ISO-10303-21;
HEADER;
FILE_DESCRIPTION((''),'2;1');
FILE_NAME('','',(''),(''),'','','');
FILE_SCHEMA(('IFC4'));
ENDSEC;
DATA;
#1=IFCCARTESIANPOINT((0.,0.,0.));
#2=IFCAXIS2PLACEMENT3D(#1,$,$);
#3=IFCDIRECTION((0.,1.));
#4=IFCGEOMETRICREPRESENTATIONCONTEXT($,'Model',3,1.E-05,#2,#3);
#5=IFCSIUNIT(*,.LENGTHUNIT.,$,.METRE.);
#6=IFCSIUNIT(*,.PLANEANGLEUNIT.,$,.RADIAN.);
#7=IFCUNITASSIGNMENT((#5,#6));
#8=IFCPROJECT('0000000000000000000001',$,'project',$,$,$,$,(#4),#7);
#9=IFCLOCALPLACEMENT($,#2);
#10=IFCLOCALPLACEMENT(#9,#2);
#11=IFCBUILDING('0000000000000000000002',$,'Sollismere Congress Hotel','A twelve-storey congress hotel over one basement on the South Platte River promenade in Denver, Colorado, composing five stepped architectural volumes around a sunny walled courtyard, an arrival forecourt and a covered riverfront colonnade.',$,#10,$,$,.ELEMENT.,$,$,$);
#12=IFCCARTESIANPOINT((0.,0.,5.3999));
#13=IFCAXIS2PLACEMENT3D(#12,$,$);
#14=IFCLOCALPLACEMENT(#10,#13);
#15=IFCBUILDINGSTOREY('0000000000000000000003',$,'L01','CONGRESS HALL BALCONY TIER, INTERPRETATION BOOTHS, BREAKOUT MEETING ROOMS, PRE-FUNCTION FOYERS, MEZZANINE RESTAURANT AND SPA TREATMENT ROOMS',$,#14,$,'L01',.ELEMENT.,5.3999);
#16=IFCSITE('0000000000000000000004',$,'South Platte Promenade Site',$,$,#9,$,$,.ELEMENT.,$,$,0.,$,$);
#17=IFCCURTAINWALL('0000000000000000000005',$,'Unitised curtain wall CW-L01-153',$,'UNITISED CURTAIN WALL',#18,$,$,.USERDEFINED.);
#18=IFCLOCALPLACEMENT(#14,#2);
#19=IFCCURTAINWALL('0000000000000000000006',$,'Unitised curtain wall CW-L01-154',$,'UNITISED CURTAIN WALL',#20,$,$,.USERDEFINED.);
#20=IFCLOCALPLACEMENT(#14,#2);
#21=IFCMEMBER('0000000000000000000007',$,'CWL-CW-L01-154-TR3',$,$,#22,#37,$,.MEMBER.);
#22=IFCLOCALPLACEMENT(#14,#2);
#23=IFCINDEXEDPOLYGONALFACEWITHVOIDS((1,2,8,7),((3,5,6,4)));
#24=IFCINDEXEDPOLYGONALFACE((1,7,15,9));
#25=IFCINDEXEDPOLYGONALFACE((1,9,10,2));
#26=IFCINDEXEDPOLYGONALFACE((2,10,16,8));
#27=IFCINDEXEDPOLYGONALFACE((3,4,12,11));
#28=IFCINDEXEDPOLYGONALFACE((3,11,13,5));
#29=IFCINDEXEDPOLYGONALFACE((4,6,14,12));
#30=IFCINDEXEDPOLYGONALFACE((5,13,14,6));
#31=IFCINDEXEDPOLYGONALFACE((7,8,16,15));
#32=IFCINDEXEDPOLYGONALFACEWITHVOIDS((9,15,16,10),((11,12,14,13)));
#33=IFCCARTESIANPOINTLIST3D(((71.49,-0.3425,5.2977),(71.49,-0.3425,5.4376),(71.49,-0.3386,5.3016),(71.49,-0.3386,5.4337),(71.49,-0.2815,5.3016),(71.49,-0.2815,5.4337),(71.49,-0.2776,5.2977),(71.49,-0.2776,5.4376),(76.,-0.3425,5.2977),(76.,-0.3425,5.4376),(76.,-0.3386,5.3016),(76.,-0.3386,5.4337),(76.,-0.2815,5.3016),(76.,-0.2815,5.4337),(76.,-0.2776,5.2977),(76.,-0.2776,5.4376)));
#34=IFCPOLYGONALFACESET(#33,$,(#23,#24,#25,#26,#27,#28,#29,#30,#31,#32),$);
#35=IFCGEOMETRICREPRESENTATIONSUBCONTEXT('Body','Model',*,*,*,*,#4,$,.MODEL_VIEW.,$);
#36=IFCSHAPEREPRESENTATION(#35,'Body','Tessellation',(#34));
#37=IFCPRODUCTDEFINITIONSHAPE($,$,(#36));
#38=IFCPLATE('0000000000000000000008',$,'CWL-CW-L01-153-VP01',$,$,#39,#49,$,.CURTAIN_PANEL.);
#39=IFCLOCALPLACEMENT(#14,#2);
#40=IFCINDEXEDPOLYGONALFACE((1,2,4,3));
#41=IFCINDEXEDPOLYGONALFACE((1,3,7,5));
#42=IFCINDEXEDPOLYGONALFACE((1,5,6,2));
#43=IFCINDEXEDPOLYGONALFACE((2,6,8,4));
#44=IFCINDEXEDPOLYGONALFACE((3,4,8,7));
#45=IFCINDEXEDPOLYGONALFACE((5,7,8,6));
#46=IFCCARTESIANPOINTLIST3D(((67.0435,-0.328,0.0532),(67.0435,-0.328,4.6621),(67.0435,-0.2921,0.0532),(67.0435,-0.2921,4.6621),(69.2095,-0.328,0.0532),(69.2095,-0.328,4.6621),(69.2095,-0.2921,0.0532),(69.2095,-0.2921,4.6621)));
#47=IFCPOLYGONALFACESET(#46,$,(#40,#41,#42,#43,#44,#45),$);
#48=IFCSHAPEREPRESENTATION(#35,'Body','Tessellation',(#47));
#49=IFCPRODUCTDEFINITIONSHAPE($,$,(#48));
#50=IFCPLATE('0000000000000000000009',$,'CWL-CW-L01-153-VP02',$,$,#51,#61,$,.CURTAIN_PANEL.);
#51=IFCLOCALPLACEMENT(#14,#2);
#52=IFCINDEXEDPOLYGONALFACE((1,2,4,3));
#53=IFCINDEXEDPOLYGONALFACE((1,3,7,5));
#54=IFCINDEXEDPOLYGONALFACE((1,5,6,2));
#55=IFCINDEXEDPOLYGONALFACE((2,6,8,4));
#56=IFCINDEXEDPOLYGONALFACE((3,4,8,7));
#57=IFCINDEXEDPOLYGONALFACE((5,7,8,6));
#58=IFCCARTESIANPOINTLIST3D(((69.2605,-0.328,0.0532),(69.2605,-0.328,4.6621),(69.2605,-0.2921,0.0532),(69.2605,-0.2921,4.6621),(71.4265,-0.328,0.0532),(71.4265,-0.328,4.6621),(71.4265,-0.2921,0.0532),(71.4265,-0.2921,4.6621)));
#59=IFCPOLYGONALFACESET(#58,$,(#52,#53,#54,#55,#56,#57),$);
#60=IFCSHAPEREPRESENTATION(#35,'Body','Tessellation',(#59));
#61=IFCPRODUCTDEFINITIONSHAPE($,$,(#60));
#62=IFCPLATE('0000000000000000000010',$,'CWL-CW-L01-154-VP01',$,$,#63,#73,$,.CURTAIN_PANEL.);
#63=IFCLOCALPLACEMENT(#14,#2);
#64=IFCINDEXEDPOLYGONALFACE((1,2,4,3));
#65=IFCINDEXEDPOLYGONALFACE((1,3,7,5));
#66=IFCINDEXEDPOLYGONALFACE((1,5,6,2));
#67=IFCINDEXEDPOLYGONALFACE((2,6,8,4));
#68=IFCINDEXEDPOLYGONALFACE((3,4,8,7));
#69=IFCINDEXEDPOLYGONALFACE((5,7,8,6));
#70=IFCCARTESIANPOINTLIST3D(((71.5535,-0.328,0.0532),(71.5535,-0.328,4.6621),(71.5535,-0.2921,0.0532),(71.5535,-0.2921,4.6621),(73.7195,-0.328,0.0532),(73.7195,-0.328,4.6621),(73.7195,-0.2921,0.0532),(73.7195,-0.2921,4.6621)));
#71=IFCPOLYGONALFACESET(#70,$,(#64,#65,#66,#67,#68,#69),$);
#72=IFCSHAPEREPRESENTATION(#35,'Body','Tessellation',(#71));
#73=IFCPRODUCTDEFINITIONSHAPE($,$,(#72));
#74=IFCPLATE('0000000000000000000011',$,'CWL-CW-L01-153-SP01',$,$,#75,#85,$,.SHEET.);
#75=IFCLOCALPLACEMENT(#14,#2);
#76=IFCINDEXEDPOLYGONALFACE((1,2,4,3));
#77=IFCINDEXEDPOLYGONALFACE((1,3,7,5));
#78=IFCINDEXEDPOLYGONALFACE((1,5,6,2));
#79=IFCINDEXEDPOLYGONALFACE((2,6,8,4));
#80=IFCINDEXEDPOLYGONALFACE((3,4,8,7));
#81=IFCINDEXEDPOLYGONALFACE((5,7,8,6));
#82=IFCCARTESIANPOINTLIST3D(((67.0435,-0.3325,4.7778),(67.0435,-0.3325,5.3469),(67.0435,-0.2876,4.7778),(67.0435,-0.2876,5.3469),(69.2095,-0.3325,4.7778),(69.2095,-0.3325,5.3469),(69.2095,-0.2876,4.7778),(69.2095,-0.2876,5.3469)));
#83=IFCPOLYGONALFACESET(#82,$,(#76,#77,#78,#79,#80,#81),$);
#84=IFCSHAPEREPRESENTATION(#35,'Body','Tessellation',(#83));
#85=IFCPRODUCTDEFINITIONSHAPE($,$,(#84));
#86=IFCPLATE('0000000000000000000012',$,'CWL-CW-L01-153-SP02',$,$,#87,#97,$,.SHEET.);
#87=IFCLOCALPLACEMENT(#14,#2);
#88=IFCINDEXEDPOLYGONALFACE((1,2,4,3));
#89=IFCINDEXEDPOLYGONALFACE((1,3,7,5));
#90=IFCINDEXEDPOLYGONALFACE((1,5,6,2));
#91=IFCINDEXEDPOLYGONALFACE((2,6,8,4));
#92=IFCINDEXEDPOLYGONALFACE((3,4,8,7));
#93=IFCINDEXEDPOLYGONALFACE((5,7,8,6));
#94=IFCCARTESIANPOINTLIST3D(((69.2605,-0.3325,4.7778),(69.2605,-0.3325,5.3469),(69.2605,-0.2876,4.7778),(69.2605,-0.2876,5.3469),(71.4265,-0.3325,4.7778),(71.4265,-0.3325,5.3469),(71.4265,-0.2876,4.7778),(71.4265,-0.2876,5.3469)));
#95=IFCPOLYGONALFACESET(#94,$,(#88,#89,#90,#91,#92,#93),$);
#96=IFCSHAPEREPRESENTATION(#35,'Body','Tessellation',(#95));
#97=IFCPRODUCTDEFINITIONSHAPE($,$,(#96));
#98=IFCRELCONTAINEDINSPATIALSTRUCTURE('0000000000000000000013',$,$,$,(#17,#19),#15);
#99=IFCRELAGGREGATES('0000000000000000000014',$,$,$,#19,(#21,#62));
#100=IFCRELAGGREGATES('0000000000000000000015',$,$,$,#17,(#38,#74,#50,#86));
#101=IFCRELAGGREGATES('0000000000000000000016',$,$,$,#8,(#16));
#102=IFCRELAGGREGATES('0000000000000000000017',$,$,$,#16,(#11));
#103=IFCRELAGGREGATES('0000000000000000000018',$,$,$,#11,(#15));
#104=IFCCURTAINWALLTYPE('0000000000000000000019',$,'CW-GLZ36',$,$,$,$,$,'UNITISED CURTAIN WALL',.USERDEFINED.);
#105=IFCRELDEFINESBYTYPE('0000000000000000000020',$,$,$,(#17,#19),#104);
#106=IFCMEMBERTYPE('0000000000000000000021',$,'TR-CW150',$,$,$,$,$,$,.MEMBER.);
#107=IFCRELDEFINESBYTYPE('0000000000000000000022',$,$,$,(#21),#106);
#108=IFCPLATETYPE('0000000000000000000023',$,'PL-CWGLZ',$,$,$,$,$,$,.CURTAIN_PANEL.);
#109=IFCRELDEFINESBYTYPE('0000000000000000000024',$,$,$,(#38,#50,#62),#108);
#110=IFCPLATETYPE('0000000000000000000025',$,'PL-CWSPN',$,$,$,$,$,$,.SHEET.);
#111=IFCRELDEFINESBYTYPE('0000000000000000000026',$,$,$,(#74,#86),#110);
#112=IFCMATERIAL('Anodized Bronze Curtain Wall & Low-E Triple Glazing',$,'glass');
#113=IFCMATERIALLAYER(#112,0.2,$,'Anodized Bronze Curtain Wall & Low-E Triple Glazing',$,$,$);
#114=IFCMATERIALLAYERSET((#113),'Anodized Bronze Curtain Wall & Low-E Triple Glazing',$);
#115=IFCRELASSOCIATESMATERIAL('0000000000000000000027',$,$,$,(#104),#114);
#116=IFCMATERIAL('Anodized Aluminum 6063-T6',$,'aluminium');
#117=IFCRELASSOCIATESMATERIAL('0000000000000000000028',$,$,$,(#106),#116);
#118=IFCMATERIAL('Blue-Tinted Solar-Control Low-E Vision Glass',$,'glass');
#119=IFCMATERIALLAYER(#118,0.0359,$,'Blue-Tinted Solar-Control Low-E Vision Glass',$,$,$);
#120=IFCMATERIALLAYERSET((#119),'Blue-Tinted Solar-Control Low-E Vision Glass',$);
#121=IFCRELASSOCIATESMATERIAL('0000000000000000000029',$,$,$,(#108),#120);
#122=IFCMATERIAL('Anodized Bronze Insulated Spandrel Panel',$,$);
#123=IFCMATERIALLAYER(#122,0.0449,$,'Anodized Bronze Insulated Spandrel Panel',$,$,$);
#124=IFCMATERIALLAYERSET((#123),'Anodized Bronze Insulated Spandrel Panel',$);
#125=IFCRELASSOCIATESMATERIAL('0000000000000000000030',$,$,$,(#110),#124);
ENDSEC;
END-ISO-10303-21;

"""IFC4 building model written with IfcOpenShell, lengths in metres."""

from ifc_helpers import new_model, si_unit, direction, frame, origin, origin_2d, place, context, subcontext, project, spatial, rectangle, hollow_rectangle, extrude, material, layer, layer_set, material_profile, profile_set, type_object, element, aggregate, save


model = new_model("IFC4")

# Units and contexts
model_context = context("Model", 3, precision=1e-05, world=origin(), true_north=direction((0.0, 1.0)))
body_context = subcontext(model_context, "Body", "Model", "MODEL_VIEW")
ifc_project = project(units=[si_unit("LENGTHUNIT", "METRE"), si_unit("PLANEANGLEUNIT", "RADIAN")], contexts=[model_context])

# Site, building, storey
site_placement = place(None, origin())
site = spatial("IfcSite", under=ifc_project, at=site_placement, Name="South Platte Promenade Site", CompositionType="ELEMENT", RefElevation=0.0)
building_placement = place(site_placement, origin())
building = spatial("IfcBuilding", under=site, at=building_placement, Name="Sollismere Congress Hotel", Description="A twelve-storey congress hotel over one basement on the South Platte River promenade in Denver, Colorado, composing five stepped architectural volumes around a sunny walled courtyard, an arrival forecourt and a covered riverfront colonnade.", CompositionType="ELEMENT")
storey_placement = place(building_placement, frame((0.0, 0.0, 5.3999)))
storey = spatial("IfcBuildingStorey", under=building, at=storey_placement, Name="L01", Description="CONGRESS HALL BALCONY TIER, INTERPRETATION BOOTHS, BREAKOUT MEETING ROOMS, PRE-FUNCTION FOYERS, MEZZANINE RESTAURANT AND SPA TREATMENT ROOMS", LongName="L01", CompositionType="ELEMENT", Elevation=5.3999)

# Curtain wall
ifc_material_1 = material(Name="Anodized Bronze Curtain Wall & Low-E Triple Glazing", Category="glass")
ifc_layer_1 = layer(ifc_material_1, 0.2, Name="Anodized Bronze Curtain Wall & Low-E Triple Glazing")
ifc_layer_set_1 = layer_set([ifc_layer_1], Name="Anodized Bronze Curtain Wall & Low-E Triple Glazing")
curtain_wall_type = type_object("IfcCurtainWallType", Name="CW-GLZ36", ElementType="UNITISED CURTAIN WALL", PredefinedType="USERDEFINED", material=ifc_layer_set_1)
curtain_wall_1_placement = place(storey_placement, origin())
curtain_wall_1 = element("IfcCurtainWall", 1, at=curtain_wall_1_placement, inside=storey, type_object=curtain_wall_type, Name="Unitised curtain wall CW-L01-153", ObjectType="UNITISED CURTAIN WALL", PredefinedType="USERDEFINED")
ifc_material_2 = material(Name="Anodized Aluminum 6063-T6", Category="aluminium")

# Curtain wall
curtain_wall_2_placement = place(storey_placement, origin())
curtain_wall_2 = element("IfcCurtainWall", 2, at=curtain_wall_2_placement, inside=storey, type_object=curtain_wall_type, Name="Unitised curtain wall CW-L01-154", ObjectType="UNITISED CURTAIN WALL", PredefinedType="USERDEFINED")

# Member
ifc_material_profile_1 = material_profile(ifc_material_2, hollow_rectangle(XDim=0.0649, YDim=0.1399, WallThickness=0.0039, at=origin_2d()), Name="ALU140X65X4")
ifc_profile_set_1 = profile_set([ifc_material_profile_1], Name="Anodized Aluminum 6063-T6")
member_type_1 = type_object("IfcMemberType", Name="TR-CW150", PredefinedType="MEMBER", material=ifc_profile_set_1)
member_1_placement = place(storey_placement, frame((71.49, -0.3101, 5.3677), z_axis=(1.0, 0.0, 0.0), x_axis=(0.0, 1.0, 0.0)))
member_1 = element("IfcMember", 3, at=member_1_placement, type_object=member_type_1, Name="CWL-CW-L01-154-TR3", PredefinedType="MEMBER", context=body_context, shape_type="SweptSolid", body=[
    extrude(hollow_rectangle(XDim=0.0649, YDim=0.1399, WallThickness=0.0039, at=origin_2d()), origin(), (0.0, 0.0, 1.0), 4.51),
])

# Plates
ifc_material_3 = material(Name="Blue-Tinted Solar-Control Low-E Vision Glass", Category="glass")
ifc_layer_2 = layer(ifc_material_3, 0.0359, Name="Blue-Tinted Solar-Control Low-E Vision Glass")
ifc_layer_set_2 = layer_set([ifc_layer_2], Name="Blue-Tinted Solar-Control Low-E Vision Glass")
plate_type_1 = type_object("IfcPlateType", Name="PL-CWGLZ", PredefinedType="CURTAIN_PANEL", material=ifc_layer_set_2)
plate_1_placement = place(storey_placement, frame((68.1265, -0.3101, 0.0532), z_axis=(0.0, 0.0, 1.0), x_axis=(1.0, 0.0, 0.0)))
plate_1 = element("IfcPlate", 4, at=plate_1_placement, type_object=plate_type_1, Name="CWL-CW-L01-153-VP01", PredefinedType="CURTAIN_PANEL", context=body_context, shape_type="SweptSolid", body=[
    extrude(rectangle(XDim=2.166, YDim=0.0359, at=origin_2d()), origin(), (0.0, 0.0, 1.0), 4.6089),
])
plate_2_placement = place(storey_placement, frame((70.3435, -0.3101, 0.0532), z_axis=(0.0, 0.0, 1.0), x_axis=(1.0, 0.0, 0.0)))
plate_2 = element("IfcPlate", 5, at=plate_2_placement, type_object=plate_type_1, Name="CWL-CW-L01-153-VP02", PredefinedType="CURTAIN_PANEL", context=body_context, shape_type="SweptSolid", body=[
    extrude(rectangle(XDim=2.166, YDim=0.0359, at=origin_2d()), origin(), (0.0, 0.0, 1.0), 4.6089),
])
plate_3_placement = place(storey_placement, frame((72.6365, -0.3101, 0.0532), z_axis=(0.0, 0.0, 1.0), x_axis=(1.0, 0.0, 0.0)))
plate_3 = element("IfcPlate", 6, at=plate_3_placement, type_object=plate_type_1, Name="CWL-CW-L01-154-VP01", PredefinedType="CURTAIN_PANEL", context=body_context, shape_type="SweptSolid", body=[
    extrude(rectangle(XDim=2.166, YDim=0.0359, at=origin_2d()), origin(), (0.0, 0.0, 1.0), 4.6089),
])
aggregate(curtain_wall_2, [member_1, plate_3])
ifc_material_4 = material(Name="Anodized Bronze Insulated Spandrel Panel")
ifc_layer_3 = layer(ifc_material_4, 0.0449, Name="Anodized Bronze Insulated Spandrel Panel")
ifc_layer_set_3 = layer_set([ifc_layer_3], Name="Anodized Bronze Insulated Spandrel Panel")
plate_type_2 = type_object("IfcPlateType", Name="PL-CWSPN", PredefinedType="SHEET", material=ifc_layer_set_3)
plate_4_placement = place(storey_placement, frame((68.1265, -0.3101, 4.7778), z_axis=(0.0, 0.0, 1.0), x_axis=(1.0, 0.0, 0.0)))
plate_4 = element("IfcPlate", 7, at=plate_4_placement, type_object=plate_type_2, Name="CWL-CW-L01-153-SP01", PredefinedType="SHEET", context=body_context, shape_type="SweptSolid", body=[
    extrude(rectangle(XDim=2.166, YDim=0.0449, at=origin_2d()), origin(), (0.0, 0.0, 1.0), 0.5691),
])
plate_5_placement = place(storey_placement, frame((70.3435, -0.3101, 4.7778), z_axis=(0.0, 0.0, 1.0), x_axis=(1.0, 0.0, 0.0)))
plate_5 = element("IfcPlate", 8, at=plate_5_placement, type_object=plate_type_2, Name="CWL-CW-L01-153-SP02", PredefinedType="SHEET", context=body_context, shape_type="SweptSolid", body=[
    extrude(rectangle(XDim=2.166, YDim=0.0449, at=origin_2d()), origin(), (0.0, 0.0, 1.0), 0.5691),
])
aggregate(curtain_wall_1, [plate_1, plate_4, plate_2, plate_5])

save(model, "model.ifc")
